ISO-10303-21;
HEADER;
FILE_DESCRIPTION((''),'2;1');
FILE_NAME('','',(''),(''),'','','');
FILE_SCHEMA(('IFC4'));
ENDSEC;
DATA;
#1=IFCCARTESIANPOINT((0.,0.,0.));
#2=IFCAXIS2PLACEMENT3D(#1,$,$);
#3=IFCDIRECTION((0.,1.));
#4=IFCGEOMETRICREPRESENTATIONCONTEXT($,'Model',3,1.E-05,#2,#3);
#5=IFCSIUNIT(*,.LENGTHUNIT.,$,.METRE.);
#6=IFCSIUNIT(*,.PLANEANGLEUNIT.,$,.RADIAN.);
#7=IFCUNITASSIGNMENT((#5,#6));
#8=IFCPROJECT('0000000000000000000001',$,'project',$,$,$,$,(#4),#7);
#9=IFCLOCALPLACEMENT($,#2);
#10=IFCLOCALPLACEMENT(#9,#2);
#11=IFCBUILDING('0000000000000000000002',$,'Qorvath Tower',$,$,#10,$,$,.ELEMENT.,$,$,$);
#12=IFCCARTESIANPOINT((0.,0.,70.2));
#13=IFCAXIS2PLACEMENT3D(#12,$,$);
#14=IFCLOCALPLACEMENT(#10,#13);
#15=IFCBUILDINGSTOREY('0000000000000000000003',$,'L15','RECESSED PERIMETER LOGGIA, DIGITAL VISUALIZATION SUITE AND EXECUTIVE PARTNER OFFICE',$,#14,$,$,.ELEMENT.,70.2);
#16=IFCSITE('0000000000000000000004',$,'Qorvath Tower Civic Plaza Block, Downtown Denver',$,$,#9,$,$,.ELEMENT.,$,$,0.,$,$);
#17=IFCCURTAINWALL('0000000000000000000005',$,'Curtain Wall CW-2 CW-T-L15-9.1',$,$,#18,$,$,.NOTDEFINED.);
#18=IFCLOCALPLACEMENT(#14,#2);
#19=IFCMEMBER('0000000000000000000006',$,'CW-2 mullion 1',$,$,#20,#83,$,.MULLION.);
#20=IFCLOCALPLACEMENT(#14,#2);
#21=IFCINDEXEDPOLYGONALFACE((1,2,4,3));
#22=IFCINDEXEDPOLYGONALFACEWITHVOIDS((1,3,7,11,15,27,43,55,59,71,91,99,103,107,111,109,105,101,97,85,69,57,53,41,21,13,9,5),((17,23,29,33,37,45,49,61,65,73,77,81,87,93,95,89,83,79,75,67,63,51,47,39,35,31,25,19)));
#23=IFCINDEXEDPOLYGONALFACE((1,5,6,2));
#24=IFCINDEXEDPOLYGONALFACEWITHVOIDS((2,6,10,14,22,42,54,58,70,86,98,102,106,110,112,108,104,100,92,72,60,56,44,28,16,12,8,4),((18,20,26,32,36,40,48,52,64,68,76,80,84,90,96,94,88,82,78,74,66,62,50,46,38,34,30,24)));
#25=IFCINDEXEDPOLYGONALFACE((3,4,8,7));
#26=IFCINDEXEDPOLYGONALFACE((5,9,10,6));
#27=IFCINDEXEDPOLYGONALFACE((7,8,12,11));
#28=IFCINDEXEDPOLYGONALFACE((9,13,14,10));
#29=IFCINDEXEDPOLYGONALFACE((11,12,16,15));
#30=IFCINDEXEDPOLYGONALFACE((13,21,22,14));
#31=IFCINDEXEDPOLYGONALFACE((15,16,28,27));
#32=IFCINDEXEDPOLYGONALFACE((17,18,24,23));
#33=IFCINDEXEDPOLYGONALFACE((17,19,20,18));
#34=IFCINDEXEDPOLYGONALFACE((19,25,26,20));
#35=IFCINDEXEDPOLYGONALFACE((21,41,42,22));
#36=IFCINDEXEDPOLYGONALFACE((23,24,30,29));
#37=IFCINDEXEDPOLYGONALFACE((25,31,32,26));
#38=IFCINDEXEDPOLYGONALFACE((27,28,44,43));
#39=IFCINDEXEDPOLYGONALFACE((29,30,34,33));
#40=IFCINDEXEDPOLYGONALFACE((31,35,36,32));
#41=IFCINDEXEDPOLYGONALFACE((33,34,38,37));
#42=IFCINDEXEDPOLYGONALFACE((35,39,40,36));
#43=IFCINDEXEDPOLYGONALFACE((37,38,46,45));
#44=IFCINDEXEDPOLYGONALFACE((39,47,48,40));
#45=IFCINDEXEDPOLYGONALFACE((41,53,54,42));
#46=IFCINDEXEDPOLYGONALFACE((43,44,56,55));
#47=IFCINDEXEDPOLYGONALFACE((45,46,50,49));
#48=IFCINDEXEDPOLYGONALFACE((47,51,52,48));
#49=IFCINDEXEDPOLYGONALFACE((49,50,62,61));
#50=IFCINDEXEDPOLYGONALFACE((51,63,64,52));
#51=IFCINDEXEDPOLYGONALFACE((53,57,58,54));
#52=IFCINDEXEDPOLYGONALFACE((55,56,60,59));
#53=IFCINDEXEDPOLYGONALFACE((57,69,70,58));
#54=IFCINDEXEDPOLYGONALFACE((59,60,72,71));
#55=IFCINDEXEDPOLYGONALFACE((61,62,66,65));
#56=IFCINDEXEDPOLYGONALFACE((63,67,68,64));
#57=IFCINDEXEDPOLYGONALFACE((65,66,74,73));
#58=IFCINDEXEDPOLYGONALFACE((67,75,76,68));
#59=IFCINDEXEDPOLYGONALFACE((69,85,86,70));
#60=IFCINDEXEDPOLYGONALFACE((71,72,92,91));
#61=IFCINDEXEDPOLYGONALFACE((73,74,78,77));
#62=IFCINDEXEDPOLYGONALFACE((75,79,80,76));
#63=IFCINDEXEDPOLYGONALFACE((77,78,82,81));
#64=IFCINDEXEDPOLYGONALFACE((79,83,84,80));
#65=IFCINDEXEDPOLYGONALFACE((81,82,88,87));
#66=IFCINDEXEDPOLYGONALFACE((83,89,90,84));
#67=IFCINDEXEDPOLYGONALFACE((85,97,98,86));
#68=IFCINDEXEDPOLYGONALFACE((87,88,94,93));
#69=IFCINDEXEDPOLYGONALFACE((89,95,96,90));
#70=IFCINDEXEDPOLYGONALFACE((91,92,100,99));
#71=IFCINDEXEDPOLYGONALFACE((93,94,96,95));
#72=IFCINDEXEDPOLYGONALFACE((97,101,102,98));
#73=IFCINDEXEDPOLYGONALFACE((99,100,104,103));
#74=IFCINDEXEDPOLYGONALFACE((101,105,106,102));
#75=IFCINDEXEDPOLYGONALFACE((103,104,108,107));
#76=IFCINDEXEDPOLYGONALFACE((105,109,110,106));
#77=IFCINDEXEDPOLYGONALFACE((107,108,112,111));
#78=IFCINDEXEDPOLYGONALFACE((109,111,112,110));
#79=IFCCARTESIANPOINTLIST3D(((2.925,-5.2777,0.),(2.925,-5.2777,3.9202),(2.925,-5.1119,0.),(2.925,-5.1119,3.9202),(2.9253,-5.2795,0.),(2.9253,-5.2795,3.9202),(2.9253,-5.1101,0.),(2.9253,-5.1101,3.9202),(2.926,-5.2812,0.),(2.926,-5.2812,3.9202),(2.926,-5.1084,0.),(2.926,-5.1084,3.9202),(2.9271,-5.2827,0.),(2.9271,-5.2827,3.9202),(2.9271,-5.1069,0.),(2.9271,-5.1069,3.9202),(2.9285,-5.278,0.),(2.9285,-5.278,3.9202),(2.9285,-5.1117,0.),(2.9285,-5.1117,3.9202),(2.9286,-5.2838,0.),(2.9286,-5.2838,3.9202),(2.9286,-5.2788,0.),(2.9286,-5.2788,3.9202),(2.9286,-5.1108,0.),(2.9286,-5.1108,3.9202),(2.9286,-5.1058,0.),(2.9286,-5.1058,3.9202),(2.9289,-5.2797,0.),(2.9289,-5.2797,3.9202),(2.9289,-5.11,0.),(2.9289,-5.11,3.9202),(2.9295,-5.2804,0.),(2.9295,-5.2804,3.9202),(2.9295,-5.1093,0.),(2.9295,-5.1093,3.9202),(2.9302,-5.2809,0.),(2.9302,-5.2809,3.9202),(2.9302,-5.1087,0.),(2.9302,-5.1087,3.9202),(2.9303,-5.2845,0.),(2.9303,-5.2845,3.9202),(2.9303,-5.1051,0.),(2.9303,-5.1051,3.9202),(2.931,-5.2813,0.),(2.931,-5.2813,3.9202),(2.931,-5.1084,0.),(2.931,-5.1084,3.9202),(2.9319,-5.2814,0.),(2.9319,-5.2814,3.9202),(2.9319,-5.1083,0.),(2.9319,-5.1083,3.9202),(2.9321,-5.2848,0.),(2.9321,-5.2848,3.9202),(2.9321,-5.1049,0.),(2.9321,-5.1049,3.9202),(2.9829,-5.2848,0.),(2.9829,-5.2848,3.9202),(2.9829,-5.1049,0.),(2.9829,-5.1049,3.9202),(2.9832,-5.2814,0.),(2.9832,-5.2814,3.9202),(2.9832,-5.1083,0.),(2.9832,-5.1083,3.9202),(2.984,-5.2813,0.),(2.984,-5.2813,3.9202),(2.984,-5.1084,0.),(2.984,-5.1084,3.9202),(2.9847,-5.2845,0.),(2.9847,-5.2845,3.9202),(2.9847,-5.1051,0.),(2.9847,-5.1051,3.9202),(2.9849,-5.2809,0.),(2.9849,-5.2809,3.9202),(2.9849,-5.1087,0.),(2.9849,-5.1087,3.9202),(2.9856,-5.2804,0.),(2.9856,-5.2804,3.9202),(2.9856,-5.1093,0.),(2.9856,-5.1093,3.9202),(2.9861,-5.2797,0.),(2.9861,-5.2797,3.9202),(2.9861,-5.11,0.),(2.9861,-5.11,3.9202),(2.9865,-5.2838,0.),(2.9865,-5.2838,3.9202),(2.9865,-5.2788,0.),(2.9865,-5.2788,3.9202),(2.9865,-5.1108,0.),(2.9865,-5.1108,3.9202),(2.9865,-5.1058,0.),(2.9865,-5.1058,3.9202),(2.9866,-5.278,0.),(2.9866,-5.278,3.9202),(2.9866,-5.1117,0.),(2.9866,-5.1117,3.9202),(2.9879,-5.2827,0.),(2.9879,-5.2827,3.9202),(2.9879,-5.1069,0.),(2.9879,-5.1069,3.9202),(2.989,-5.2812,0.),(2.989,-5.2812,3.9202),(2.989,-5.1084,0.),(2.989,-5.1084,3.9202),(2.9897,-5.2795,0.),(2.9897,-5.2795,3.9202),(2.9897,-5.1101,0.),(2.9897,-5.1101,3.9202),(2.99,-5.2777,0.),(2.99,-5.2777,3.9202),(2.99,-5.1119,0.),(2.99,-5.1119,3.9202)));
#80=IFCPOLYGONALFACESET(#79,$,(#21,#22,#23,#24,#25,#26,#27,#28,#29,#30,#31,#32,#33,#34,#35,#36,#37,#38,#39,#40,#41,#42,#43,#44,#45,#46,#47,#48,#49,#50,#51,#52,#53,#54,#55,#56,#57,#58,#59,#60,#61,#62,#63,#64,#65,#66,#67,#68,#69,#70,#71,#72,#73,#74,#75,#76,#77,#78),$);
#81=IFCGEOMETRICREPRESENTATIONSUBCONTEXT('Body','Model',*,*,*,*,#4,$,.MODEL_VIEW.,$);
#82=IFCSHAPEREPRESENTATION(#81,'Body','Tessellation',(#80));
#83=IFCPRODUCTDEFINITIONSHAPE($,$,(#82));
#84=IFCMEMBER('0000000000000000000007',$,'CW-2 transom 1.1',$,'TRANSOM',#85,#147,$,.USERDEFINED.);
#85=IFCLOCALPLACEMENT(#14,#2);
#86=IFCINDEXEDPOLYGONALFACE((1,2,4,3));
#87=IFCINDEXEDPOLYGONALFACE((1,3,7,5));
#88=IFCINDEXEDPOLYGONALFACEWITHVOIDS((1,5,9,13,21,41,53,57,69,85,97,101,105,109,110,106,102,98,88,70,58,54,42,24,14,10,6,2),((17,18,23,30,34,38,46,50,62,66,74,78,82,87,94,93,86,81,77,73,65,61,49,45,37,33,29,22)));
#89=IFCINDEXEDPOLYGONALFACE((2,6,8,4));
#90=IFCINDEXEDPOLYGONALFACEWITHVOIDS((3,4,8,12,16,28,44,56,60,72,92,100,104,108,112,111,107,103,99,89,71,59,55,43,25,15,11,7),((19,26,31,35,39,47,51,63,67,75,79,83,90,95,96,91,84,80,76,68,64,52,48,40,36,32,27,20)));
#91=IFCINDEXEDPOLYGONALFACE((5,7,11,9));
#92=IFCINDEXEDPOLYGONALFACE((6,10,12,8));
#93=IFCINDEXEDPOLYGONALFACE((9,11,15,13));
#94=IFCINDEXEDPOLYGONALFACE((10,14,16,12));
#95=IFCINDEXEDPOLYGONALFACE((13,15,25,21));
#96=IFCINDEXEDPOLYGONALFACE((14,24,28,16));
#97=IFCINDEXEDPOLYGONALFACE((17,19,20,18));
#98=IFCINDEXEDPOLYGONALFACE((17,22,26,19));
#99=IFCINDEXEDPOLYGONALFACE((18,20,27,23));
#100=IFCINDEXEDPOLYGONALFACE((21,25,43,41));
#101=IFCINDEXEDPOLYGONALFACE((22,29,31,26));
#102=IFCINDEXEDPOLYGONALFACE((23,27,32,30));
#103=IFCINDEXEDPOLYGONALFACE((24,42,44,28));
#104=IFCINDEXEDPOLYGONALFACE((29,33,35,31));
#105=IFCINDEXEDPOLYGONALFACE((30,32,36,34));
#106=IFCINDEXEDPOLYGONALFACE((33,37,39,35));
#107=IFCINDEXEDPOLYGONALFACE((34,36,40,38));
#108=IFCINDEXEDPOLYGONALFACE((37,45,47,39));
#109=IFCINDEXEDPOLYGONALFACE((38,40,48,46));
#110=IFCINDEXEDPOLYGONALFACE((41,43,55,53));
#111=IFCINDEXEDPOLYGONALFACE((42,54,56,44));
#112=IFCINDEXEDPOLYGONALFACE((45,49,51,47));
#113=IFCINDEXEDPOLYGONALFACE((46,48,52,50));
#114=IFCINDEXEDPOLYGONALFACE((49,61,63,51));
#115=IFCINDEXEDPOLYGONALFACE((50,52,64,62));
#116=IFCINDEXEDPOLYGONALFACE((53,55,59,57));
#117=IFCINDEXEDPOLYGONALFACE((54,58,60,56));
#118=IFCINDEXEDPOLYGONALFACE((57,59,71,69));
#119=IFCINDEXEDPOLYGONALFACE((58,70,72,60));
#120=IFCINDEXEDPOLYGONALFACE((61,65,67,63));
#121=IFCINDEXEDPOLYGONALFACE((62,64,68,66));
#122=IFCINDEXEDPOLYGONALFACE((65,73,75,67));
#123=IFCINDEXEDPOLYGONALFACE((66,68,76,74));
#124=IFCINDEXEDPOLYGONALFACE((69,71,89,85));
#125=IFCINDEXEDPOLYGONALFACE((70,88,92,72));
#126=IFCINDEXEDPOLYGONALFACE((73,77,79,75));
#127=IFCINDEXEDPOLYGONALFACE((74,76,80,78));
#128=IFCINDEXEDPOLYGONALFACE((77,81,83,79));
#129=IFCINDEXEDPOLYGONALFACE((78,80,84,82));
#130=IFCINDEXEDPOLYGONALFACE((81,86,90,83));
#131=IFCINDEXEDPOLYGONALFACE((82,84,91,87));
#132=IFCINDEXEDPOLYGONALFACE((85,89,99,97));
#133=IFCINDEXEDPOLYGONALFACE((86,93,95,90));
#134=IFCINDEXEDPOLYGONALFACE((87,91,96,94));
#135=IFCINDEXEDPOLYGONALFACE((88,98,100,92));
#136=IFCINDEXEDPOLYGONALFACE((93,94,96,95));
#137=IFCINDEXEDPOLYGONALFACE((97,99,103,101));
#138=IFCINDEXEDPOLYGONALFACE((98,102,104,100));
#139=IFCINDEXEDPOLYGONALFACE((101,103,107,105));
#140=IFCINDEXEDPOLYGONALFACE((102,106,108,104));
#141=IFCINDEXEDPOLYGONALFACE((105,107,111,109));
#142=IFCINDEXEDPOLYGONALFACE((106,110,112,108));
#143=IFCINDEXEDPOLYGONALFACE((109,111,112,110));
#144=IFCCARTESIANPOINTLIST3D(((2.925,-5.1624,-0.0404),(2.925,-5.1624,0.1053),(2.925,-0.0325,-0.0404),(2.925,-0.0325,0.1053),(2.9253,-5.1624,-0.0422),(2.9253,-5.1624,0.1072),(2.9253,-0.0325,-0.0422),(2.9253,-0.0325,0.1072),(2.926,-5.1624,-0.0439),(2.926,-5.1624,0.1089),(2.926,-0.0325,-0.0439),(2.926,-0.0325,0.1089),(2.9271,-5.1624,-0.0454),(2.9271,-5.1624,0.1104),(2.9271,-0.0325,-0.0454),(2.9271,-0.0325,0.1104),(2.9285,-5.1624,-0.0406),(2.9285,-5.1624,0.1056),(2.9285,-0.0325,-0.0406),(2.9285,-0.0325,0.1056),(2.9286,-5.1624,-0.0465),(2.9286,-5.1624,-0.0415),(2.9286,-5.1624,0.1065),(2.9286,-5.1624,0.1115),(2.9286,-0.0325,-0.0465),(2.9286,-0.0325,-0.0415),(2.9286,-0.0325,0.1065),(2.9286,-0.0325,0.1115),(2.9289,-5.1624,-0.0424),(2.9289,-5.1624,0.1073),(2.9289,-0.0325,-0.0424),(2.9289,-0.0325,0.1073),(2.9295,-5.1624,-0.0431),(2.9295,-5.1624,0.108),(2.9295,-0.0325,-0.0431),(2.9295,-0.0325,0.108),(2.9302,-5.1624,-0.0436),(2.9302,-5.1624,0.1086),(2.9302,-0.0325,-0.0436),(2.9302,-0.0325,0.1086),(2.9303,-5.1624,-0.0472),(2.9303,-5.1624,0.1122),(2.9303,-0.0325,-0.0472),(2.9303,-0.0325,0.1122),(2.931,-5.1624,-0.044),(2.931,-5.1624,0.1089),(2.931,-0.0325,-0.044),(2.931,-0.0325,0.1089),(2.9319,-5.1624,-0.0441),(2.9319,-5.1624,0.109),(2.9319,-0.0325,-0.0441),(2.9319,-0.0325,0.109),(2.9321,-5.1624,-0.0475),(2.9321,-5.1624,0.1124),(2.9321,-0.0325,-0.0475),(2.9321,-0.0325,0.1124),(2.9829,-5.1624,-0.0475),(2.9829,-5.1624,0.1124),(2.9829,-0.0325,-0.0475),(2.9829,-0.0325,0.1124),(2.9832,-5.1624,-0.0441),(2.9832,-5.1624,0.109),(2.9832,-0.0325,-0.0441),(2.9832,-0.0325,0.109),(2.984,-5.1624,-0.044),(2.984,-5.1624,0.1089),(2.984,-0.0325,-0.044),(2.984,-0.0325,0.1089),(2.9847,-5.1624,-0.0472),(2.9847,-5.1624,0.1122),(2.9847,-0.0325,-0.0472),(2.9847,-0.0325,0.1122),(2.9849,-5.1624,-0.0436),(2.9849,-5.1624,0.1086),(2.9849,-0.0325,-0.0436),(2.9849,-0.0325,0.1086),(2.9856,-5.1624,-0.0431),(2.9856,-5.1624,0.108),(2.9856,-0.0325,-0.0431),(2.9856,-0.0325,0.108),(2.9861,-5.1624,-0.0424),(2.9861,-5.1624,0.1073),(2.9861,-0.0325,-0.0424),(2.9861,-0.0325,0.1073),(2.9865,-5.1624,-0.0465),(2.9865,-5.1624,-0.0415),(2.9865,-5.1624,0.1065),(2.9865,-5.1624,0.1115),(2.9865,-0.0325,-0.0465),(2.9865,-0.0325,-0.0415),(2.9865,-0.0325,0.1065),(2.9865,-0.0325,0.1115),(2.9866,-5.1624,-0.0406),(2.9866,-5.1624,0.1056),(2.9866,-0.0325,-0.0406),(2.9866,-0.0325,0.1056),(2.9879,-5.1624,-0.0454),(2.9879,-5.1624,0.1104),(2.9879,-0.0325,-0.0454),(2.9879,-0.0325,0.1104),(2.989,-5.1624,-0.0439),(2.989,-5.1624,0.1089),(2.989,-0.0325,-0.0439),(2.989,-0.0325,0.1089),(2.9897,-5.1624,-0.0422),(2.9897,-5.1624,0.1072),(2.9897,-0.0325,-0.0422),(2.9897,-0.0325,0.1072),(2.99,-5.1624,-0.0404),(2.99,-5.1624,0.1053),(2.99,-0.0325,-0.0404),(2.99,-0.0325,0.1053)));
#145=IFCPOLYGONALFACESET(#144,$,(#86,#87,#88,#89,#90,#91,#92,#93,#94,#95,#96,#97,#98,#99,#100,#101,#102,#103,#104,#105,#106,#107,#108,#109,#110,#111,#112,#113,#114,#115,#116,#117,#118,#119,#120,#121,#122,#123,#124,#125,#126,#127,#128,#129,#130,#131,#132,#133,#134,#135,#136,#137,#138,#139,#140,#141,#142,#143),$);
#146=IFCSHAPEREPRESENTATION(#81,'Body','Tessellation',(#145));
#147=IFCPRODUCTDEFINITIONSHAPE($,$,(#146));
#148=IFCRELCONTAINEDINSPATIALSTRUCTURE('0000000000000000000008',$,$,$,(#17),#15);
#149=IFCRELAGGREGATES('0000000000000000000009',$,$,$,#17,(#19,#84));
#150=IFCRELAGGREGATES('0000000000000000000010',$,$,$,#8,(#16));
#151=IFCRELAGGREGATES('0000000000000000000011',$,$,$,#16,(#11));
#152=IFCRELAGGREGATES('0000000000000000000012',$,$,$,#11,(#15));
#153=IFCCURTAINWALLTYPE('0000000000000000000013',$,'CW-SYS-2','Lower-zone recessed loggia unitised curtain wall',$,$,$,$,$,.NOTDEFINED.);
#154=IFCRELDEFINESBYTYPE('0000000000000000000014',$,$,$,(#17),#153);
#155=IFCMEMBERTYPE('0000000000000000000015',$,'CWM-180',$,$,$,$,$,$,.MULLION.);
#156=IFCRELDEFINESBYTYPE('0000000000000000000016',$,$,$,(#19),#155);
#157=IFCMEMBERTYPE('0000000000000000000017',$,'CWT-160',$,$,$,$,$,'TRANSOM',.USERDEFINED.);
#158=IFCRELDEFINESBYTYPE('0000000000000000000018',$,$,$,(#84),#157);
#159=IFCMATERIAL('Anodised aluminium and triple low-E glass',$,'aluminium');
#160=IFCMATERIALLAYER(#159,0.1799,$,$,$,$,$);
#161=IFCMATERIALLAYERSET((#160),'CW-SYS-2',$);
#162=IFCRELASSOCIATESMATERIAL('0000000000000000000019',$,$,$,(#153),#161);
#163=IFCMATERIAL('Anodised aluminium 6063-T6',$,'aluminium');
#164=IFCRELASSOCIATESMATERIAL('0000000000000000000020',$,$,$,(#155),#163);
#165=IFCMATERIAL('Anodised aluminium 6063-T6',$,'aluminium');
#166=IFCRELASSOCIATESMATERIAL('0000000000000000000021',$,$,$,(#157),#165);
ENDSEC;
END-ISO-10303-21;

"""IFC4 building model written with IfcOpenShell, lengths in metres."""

from ifc_helpers import new_model, si_unit, direction, frame, origin, origin_2d, place, context, subcontext, project, spatial, hollow_rectangle, extrude, material, layer, layer_set, material_profile, profile_set, type_object, element, aggregate, save


model = new_model("IFC4")

# Units and contexts
model_context = context("Model", 3, precision=1e-05, world=origin(), true_north=direction((0.0, 1.0)))
body_context = subcontext(model_context, "Body", "Model", "MODEL_VIEW")
ifc_project = project(units=[si_unit("LENGTHUNIT", "METRE"), si_unit("PLANEANGLEUNIT", "RADIAN")], contexts=[model_context])

# Site, building, storey
site_placement = place(None, origin())
site = spatial("IfcSite", under=ifc_project, at=site_placement, Name="Qorvath Tower Civic Plaza Block, Downtown Denver", CompositionType="ELEMENT", RefElevation=0.0)
building_placement = place(site_placement, origin())
building = spatial("IfcBuilding", under=site, at=building_placement, Name="Qorvath Tower", CompositionType="ELEMENT")
storey_placement = place(building_placement, frame((0.0, 0.0, 70.2)))
storey = spatial("IfcBuildingStorey", under=building, at=storey_placement, Name="L15", Description="RECESSED PERIMETER LOGGIA, DIGITAL VISUALIZATION SUITE AND EXECUTIVE PARTNER OFFICE", CompositionType="ELEMENT", Elevation=70.2)

# Curtain wall, members
ifc_material_1 = material(Name="Anodised aluminium and triple low-E glass", Category="aluminium")
ifc_layer_1 = layer(ifc_material_1, 0.1799)
ifc_layer_set_1 = layer_set([ifc_layer_1], Name="CW-SYS-2")
curtain_wall_type = type_object("IfcCurtainWallType", Name="CW-SYS-2", Description="Lower-zone recessed loggia unitised curtain wall", PredefinedType="NOTDEFINED", material=ifc_layer_set_1)
curtain_wall_placement = place(storey_placement, origin())
curtain_wall = element("IfcCurtainWall", 1, at=curtain_wall_placement, inside=storey, type_object=curtain_wall_type, Name="Curtain Wall CW-2 CW-T-L15-9.1", PredefinedType="NOTDEFINED")
ifc_material_2 = material(Name="Anodised aluminium 6063-T6", Category="aluminium")
ifc_material_profile_1 = material_profile(ifc_material_2, hollow_rectangle(XDim=0.0649, YDim=0.1799, WallThickness=0.0034, InnerFilletRadius=0.0034, OuterFilletRadius=0.0071, at=origin_2d()), Name="CWM 180x65")
ifc_profile_set_1 = profile_set([ifc_material_profile_1], Name="Anodised aluminium 6063-T6")
member_type_1 = type_object("IfcMemberType", Name="CWM-180", PredefinedType="MULLION", material=ifc_profile_set_1)
member_1_placement = place(storey_placement, frame((2.9575, -5.1948, 0.0), z_axis=(0.0, 0.0, 1.0), x_axis=(-1.0, 0.0, 0.0)))
member_1 = element("IfcMember", 2, at=member_1_placement, type_object=member_type_1, Name="CW-2 mullion 1", PredefinedType="MULLION", context=body_context, shape_type="SweptSolid", body=[
    extrude(hollow_rectangle(XDim=0.0649, YDim=0.1799, WallThickness=0.0034, InnerFilletRadius=0.0034, OuterFilletRadius=0.0071, at=origin_2d()), origin(), (0.0, 0.0, 1.0), 3.9202),
])
ifc_material_3 = material(Name="Anodised aluminium 6063-T6", Category="aluminium")
ifc_material_profile_2 = material_profile(ifc_material_3, hollow_rectangle(XDim=0.0649, YDim=0.1599, WallThickness=0.0034, InnerFilletRadius=0.0034, OuterFilletRadius=0.0071, at=origin_2d()), Name="CWT 160x65")
ifc_profile_set_2 = profile_set([ifc_material_profile_2], Name="Anodised aluminium 6063-T6")
member_type_2 = type_object("IfcMemberType", Name="CWT-160", ElementType="TRANSOM", PredefinedType="USERDEFINED", material=ifc_profile_set_2)
member_2_placement = place(storey_placement, frame((2.9575, -5.1624, 0.0325), z_axis=(0.0, 1.0, 0.0), x_axis=(-1.0, 0.0, 0.0)))
member_2 = element("IfcMember", 3, at=member_2_placement, type_object=member_type_2, Name="CW-2 transom 1.1", ObjectType="TRANSOM", PredefinedType="USERDEFINED", context=body_context, shape_type="SweptSolid", body=[
    extrude(hollow_rectangle(XDim=0.0649, YDim=0.1599, WallThickness=0.0034, InnerFilletRadius=0.0034, OuterFilletRadius=0.0071, at=origin_2d()), origin(), (0.0, 0.0, 1.0), 5.1299),
])
aggregate(curtain_wall, [member_1, member_2])

save(model, "model.ifc")
